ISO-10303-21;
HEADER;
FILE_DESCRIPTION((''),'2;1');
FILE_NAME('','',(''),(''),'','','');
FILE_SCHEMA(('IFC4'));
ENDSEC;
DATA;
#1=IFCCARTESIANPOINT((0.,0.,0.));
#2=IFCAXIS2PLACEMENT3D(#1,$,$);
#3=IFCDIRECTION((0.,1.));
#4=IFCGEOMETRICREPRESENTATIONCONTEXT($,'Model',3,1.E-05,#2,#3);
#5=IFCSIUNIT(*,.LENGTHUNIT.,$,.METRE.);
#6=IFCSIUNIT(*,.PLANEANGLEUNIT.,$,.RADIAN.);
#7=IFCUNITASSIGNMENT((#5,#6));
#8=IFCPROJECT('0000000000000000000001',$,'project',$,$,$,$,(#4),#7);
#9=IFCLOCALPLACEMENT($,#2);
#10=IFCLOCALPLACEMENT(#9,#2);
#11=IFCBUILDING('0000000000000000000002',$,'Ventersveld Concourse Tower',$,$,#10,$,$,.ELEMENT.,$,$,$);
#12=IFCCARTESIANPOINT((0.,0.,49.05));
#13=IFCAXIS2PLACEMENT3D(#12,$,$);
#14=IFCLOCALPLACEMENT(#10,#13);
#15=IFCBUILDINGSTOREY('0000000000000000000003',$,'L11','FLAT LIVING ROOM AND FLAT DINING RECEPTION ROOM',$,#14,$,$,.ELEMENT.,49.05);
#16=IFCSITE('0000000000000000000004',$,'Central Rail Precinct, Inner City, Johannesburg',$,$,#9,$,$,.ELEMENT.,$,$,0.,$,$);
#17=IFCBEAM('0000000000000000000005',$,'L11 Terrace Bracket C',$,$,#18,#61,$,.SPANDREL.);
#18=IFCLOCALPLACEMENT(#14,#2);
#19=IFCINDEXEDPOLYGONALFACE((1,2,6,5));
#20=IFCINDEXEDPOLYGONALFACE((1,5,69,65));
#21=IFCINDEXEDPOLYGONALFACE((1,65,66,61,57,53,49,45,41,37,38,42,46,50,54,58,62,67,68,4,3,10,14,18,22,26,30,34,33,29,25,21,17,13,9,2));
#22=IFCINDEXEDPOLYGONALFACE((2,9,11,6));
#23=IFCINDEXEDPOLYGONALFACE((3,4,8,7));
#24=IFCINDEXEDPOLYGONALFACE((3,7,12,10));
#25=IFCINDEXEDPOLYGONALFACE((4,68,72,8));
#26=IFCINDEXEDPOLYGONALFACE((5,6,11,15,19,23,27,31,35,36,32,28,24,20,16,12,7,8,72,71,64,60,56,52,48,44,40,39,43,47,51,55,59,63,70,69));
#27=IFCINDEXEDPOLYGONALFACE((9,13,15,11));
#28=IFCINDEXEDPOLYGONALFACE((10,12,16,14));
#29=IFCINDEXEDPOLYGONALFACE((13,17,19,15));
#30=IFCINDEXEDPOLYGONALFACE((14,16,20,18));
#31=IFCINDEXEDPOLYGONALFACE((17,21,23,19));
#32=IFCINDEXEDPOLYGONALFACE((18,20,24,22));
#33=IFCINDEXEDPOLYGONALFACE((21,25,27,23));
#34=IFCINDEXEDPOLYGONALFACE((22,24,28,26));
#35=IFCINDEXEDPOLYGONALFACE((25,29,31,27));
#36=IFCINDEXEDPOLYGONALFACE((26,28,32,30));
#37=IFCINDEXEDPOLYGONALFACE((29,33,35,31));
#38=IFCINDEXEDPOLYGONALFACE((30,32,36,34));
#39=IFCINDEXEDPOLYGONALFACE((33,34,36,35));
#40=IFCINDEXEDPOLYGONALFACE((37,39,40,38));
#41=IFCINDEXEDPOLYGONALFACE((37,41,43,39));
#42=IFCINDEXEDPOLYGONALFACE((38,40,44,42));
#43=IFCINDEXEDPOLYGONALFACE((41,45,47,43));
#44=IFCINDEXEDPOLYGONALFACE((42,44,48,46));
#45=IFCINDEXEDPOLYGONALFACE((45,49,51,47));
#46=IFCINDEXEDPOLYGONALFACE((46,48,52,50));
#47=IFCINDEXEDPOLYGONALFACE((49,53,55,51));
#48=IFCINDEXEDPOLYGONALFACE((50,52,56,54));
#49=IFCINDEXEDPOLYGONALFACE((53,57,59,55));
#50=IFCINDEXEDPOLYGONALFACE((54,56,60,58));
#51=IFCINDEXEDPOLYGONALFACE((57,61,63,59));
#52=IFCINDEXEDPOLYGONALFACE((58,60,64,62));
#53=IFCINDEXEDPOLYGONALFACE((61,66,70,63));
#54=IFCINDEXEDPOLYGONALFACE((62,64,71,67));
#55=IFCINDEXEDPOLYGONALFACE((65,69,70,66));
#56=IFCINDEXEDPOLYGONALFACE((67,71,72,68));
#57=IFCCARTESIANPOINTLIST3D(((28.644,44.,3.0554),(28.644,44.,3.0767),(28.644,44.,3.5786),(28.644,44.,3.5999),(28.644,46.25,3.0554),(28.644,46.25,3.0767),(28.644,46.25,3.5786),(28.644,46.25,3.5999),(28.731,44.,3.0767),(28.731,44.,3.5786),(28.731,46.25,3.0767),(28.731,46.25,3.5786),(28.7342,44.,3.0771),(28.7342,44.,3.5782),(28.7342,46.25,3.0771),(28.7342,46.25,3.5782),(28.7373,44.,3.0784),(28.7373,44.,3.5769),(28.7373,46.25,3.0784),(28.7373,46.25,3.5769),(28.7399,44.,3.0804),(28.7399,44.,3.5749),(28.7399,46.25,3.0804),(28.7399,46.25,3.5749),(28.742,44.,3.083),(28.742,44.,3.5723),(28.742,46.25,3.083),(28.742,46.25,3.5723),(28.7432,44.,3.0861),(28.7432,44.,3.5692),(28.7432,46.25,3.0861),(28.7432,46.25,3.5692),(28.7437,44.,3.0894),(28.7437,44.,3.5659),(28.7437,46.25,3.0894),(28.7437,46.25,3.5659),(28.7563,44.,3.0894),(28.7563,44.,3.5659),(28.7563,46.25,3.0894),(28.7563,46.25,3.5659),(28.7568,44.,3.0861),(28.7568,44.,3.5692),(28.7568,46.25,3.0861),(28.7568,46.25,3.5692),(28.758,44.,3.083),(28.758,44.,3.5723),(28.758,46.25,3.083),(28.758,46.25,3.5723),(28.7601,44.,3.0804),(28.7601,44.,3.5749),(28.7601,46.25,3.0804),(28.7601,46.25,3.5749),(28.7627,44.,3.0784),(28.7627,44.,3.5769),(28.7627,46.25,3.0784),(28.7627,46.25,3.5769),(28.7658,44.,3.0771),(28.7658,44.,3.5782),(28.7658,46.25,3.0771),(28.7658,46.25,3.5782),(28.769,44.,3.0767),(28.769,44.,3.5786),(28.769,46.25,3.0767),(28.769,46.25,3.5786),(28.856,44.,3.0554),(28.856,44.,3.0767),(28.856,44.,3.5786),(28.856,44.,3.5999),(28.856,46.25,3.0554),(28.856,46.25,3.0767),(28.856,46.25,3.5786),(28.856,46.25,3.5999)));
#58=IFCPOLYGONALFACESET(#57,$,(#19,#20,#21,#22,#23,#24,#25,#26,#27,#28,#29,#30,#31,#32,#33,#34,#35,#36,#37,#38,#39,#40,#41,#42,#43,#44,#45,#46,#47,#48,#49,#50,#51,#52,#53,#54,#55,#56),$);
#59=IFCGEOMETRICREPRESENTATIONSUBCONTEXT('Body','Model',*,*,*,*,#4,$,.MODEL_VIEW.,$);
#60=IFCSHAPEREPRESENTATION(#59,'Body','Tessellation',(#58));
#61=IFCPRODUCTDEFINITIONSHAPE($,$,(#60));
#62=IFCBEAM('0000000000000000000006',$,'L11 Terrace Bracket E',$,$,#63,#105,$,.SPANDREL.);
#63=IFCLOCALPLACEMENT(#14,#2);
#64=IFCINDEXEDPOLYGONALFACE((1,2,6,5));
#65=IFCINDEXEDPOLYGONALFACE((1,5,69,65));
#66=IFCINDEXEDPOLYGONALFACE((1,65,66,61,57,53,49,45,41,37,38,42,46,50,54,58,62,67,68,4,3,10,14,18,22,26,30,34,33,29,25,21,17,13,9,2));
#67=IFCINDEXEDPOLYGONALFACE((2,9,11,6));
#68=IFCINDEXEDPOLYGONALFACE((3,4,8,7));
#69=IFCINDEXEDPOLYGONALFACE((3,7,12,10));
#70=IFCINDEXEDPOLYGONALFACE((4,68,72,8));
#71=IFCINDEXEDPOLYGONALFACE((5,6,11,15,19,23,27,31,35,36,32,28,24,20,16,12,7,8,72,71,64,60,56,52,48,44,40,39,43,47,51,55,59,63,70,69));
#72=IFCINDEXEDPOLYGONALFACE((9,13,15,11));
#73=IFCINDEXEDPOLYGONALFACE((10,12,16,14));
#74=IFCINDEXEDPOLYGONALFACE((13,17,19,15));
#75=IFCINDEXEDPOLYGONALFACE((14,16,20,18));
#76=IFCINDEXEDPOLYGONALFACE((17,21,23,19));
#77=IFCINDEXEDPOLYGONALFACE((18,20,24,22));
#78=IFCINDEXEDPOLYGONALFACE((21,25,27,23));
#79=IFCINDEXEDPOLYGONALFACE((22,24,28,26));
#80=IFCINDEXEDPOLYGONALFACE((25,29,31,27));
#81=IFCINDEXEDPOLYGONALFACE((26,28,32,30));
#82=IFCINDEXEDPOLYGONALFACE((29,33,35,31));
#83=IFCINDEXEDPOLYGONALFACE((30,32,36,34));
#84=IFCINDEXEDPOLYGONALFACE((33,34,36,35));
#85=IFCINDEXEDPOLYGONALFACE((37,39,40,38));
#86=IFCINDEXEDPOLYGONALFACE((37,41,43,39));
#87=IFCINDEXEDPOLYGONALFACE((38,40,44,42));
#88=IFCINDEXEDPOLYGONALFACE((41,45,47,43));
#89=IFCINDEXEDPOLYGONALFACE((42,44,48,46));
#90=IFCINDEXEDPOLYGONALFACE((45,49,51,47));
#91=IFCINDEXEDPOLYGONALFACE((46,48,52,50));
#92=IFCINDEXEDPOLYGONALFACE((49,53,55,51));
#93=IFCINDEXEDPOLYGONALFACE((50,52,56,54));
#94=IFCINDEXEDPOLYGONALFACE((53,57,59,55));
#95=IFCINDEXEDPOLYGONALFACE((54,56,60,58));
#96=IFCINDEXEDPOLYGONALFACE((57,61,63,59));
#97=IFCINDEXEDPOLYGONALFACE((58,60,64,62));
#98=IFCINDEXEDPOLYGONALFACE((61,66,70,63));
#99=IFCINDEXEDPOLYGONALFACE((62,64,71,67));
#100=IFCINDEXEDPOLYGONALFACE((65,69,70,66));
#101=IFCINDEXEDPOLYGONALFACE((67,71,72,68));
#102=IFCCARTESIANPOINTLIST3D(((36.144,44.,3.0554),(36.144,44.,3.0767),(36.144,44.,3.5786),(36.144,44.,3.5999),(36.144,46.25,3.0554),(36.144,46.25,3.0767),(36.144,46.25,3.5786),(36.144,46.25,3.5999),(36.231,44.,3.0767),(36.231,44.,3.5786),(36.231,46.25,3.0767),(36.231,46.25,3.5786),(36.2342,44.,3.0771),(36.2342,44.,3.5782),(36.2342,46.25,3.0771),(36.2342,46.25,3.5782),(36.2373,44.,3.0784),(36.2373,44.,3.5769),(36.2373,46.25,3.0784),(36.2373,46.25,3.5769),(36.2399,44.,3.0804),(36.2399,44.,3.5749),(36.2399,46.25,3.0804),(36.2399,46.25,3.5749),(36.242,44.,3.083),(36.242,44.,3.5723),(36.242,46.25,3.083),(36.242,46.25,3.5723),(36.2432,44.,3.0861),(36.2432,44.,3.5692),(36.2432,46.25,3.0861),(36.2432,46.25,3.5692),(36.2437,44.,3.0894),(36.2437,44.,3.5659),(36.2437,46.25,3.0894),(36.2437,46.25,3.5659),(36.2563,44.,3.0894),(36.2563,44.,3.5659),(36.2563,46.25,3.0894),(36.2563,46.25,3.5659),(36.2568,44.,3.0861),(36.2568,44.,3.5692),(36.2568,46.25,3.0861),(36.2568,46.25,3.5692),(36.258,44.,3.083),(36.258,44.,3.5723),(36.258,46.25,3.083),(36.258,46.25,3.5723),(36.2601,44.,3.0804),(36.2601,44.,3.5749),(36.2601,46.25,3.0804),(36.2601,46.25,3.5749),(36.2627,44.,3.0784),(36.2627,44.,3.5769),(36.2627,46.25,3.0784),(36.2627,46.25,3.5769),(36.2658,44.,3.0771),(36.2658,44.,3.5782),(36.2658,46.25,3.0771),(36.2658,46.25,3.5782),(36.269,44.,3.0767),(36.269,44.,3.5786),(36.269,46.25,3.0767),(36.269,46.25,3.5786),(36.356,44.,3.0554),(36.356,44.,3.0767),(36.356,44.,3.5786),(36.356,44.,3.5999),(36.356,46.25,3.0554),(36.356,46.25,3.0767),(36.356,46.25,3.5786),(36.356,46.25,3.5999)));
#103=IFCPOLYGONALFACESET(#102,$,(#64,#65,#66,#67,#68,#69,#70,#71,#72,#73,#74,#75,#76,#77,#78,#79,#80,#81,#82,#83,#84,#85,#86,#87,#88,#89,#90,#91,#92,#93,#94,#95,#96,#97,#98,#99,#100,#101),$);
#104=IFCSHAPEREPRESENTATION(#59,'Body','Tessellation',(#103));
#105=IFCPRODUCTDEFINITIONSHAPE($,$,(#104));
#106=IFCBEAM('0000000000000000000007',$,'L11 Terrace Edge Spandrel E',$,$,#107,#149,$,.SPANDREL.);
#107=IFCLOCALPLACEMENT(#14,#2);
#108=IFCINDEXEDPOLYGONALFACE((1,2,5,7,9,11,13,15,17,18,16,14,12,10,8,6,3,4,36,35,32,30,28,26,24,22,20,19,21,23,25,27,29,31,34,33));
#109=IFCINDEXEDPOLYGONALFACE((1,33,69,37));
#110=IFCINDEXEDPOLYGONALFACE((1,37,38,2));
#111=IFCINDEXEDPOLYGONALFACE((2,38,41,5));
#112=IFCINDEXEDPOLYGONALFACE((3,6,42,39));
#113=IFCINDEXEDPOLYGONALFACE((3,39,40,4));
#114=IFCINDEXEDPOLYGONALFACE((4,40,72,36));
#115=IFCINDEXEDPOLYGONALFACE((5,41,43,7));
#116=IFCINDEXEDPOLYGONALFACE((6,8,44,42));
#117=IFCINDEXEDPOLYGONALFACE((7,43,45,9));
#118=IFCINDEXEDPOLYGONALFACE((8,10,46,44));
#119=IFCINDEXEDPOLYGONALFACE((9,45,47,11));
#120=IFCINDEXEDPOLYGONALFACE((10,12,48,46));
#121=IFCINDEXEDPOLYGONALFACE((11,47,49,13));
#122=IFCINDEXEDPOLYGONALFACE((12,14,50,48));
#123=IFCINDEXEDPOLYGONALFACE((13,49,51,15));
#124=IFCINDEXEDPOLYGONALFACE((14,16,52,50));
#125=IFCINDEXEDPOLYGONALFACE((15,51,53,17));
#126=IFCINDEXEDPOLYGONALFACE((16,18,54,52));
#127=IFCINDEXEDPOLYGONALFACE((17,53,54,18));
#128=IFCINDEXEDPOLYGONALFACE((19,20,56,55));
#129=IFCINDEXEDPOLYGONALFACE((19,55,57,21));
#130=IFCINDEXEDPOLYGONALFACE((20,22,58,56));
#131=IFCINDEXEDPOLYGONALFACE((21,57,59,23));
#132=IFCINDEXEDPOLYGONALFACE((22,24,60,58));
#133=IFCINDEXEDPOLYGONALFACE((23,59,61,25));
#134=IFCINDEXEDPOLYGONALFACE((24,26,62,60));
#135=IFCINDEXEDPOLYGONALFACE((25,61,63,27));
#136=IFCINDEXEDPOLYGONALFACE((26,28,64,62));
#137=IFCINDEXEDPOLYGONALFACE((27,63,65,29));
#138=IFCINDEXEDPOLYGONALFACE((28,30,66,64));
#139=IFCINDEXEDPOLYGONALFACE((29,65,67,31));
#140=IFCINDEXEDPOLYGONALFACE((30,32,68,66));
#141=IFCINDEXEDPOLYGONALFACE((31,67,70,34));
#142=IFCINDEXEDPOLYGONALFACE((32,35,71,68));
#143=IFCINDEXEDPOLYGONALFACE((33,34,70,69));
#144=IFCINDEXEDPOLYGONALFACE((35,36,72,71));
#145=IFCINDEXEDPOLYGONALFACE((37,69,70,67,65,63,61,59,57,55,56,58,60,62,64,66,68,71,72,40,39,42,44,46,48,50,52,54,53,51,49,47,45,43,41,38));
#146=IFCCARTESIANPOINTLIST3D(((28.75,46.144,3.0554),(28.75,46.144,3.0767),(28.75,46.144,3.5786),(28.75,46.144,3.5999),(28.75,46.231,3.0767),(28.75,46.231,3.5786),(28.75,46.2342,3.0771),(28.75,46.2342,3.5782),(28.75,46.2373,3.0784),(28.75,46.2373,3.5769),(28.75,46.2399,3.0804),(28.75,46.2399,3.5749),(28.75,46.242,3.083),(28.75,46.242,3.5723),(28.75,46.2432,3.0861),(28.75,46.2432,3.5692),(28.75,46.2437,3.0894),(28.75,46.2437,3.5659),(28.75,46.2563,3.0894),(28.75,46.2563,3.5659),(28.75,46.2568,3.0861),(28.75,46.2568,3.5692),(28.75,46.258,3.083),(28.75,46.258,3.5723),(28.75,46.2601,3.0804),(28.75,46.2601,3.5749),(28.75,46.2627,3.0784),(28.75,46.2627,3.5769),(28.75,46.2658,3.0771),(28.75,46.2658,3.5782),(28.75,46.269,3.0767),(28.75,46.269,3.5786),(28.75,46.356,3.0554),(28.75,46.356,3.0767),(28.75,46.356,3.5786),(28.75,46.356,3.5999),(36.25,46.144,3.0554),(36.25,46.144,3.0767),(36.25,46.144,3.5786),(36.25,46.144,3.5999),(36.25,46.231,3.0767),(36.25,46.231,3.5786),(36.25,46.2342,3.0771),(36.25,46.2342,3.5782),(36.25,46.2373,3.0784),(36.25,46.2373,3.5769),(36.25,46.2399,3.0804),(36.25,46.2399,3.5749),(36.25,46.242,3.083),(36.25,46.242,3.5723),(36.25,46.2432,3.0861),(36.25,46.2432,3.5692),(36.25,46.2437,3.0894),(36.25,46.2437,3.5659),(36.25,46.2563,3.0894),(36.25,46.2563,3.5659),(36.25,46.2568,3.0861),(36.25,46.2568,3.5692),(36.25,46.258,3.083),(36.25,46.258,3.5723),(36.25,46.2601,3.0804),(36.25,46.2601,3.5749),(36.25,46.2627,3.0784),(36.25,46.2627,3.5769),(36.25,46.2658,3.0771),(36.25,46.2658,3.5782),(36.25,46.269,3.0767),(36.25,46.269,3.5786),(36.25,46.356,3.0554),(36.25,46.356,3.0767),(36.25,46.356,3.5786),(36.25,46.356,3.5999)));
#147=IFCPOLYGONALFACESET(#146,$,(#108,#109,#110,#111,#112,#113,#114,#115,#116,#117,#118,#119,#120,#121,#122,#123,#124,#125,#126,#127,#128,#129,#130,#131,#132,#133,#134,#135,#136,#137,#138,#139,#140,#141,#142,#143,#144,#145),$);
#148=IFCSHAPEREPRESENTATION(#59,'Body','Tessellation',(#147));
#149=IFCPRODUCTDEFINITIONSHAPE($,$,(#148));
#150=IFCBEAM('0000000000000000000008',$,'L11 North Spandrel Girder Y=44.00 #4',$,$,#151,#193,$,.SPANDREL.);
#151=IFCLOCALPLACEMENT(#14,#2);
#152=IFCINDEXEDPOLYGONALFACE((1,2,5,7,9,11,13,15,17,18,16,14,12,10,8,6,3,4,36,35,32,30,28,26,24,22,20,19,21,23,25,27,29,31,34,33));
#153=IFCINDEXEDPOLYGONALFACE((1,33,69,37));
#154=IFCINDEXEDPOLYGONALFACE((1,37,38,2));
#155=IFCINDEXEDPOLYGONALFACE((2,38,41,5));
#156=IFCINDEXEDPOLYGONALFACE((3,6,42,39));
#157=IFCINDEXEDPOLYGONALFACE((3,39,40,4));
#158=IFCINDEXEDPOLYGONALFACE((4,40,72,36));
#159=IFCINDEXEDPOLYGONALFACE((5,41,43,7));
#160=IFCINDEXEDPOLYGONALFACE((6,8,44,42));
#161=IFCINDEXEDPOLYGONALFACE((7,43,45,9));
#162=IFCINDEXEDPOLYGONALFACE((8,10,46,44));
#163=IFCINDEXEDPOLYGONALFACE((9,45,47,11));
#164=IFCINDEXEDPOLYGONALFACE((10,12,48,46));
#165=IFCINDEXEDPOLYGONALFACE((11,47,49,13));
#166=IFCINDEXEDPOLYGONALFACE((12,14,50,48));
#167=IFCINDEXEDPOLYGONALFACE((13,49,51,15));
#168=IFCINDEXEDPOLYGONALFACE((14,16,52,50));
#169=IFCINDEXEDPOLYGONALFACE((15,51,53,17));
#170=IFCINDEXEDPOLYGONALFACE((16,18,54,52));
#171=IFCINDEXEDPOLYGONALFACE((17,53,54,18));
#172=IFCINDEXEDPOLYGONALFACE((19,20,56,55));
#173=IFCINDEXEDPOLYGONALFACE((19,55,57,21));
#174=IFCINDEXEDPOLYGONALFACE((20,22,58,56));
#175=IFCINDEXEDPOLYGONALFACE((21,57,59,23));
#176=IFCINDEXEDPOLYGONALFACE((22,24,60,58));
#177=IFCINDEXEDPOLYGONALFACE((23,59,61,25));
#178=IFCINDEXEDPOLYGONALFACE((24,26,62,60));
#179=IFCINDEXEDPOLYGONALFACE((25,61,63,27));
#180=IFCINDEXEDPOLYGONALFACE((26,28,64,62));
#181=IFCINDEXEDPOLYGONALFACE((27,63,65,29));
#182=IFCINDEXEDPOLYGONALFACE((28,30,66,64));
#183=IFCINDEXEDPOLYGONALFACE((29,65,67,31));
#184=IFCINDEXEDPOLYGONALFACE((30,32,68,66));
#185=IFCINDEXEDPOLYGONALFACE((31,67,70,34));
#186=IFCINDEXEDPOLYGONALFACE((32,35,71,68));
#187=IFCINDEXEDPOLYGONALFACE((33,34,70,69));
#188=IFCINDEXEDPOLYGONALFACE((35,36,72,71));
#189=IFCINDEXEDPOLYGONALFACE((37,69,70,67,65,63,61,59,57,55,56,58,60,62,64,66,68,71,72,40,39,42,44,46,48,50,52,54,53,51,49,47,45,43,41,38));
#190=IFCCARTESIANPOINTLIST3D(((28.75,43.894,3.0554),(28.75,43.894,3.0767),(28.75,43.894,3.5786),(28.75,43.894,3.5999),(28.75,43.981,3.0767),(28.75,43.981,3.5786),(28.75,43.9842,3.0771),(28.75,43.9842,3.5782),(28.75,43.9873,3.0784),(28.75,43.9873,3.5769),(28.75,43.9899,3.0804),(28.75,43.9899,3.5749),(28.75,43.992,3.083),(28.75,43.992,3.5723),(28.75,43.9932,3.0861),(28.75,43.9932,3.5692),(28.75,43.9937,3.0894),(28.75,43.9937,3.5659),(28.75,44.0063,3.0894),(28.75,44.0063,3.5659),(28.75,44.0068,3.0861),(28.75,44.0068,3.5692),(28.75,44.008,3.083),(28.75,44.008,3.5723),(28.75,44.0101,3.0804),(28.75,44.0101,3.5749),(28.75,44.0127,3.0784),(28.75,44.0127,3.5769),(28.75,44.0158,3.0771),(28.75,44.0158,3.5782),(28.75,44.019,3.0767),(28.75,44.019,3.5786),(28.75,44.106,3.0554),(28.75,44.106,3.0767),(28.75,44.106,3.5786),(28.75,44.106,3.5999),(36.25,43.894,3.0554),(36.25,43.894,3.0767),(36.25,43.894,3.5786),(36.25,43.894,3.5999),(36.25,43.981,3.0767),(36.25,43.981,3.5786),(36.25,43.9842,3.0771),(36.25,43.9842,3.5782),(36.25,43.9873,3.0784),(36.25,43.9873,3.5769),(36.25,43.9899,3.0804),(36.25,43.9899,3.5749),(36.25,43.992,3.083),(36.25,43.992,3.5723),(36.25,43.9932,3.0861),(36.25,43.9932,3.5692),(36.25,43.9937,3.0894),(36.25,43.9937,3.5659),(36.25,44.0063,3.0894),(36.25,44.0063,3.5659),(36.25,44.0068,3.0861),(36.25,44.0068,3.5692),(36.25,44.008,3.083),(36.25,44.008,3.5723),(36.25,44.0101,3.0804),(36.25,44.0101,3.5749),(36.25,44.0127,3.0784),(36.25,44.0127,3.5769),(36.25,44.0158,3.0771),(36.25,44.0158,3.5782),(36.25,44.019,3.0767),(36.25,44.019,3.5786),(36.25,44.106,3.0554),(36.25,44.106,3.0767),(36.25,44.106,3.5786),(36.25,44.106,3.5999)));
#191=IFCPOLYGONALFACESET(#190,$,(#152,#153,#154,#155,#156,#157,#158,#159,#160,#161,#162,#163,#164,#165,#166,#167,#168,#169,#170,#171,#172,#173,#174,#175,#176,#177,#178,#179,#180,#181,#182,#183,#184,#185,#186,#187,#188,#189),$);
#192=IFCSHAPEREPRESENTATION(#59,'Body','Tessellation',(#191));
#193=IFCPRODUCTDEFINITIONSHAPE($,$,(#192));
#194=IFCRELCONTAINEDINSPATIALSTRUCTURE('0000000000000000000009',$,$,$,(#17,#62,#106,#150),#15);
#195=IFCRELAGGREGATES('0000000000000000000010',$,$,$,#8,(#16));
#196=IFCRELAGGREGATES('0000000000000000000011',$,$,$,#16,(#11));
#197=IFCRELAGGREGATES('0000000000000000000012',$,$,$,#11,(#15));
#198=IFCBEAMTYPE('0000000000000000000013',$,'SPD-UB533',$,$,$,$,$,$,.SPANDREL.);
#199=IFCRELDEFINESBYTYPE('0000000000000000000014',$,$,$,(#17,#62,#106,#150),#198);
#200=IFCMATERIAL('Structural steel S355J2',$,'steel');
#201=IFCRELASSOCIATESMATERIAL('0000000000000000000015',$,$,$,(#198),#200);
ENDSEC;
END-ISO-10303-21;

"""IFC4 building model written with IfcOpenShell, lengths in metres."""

from ifc_helpers import new_model, si_unit, direction, frame, origin, origin_2d, place, context, subcontext, project, spatial, i_section, extrude, material, material_profile, profile_set, type_object, element, save


model = new_model("IFC4")

# Units and contexts
model_context = context("Model", 3, precision=1e-05, world=origin(), true_north=direction((0.0, 1.0)))
body_context = subcontext(model_context, "Body", "Model", "MODEL_VIEW")
ifc_project = project(units=[si_unit("LENGTHUNIT", "METRE"), si_unit("PLANEANGLEUNIT", "RADIAN")], contexts=[model_context])

# Site, building, storey
site_placement = place(None, origin())
site = spatial("IfcSite", under=ifc_project, at=site_placement, Name="Central Rail Precinct, Inner City, Johannesburg", CompositionType="ELEMENT", RefElevation=0.0)
building_placement = place(site_placement, origin())
building = spatial("IfcBuilding", under=site, at=building_placement, Name="Ventersveld Concourse Tower", CompositionType="ELEMENT")
storey_placement = place(building_placement, frame((0.0, 0.0, 49.05)))
storey = spatial("IfcBuildingStorey", under=building, at=storey_placement, Name="L11", Description="FLAT LIVING ROOM AND FLAT DINING RECEPTION ROOM", CompositionType="ELEMENT", Elevation=49.05)

# Beams
ifc_material_1 = material(Name="Structural steel S355J2", Category="steel")
ifc_material_profile_1 = material_profile(ifc_material_1, i_section(OverallWidth=0.2119, OverallDepth=0.5444, WebThickness=0.0127, FlangeThickness=0.0212, FilletRadius=0.0127, at=origin_2d()), Name="UB 533x210x122")
ifc_profile_set_1 = profile_set([ifc_material_profile_1], Name="Structural steel S355J2")
beam_type_1 = type_object("IfcBeamType", Name="SPD-UB533", PredefinedType="SPANDREL", material=ifc_profile_set_1)
for number, where, z_axis, x_axis, name in (
    (1, (28.75, 44.0, 3.3276), (0.0, 1.0, 0.0), (-1.0, 0.0, 0.0), "L11 Terrace Bracket C"),
    (2, (36.25, 44.0, 3.3276), (0.0, 1.0, 0.0), (-1.0, 0.0, 0.0), "L11 Terrace Bracket E"),
):
    element("IfcBeam", number, at=place(storey_placement, frame(where, z_axis=z_axis, x_axis=x_axis)), inside=storey, type_object=beam_type_1, Name=name, PredefinedType="SPANDREL", context=body_context, shape_type="SweptSolid", body=[
        extrude(i_section(OverallWidth=0.2119, OverallDepth=0.5444, WebThickness=0.0127, FlangeThickness=0.0212, FilletRadius=0.0127, at=origin_2d()), origin(), (0.0, 0.0, 1.0), 2.25),
    ])
for number, where, z_axis, x_axis, name in (
    (3, (28.75, 46.25, 3.3276), (1.0, 0.0, 0.0), (0.0, 1.0, 0.0), "L11 Terrace Edge Spandrel E"),
    (4, (28.75, 44.0, 3.3276), (1.0, 0.0, 0.0), (0.0, 1.0, 0.0), "L11 North Spandrel Girder Y=44.00 #4"),
):
    element("IfcBeam", number, at=place(storey_placement, frame(where, z_axis=z_axis, x_axis=x_axis)), inside=storey, type_object=beam_type_1, Name=name, PredefinedType="SPANDREL", context=body_context, shape_type="SweptSolid", body=[
        extrude(i_section(OverallWidth=0.2119, OverallDepth=0.5444, WebThickness=0.0127, FlangeThickness=0.0212, FilletRadius=0.0127, at=origin_2d()), origin(), (0.0, 0.0, 1.0), 7.5),
    ])

save(model, "model.ifc")
